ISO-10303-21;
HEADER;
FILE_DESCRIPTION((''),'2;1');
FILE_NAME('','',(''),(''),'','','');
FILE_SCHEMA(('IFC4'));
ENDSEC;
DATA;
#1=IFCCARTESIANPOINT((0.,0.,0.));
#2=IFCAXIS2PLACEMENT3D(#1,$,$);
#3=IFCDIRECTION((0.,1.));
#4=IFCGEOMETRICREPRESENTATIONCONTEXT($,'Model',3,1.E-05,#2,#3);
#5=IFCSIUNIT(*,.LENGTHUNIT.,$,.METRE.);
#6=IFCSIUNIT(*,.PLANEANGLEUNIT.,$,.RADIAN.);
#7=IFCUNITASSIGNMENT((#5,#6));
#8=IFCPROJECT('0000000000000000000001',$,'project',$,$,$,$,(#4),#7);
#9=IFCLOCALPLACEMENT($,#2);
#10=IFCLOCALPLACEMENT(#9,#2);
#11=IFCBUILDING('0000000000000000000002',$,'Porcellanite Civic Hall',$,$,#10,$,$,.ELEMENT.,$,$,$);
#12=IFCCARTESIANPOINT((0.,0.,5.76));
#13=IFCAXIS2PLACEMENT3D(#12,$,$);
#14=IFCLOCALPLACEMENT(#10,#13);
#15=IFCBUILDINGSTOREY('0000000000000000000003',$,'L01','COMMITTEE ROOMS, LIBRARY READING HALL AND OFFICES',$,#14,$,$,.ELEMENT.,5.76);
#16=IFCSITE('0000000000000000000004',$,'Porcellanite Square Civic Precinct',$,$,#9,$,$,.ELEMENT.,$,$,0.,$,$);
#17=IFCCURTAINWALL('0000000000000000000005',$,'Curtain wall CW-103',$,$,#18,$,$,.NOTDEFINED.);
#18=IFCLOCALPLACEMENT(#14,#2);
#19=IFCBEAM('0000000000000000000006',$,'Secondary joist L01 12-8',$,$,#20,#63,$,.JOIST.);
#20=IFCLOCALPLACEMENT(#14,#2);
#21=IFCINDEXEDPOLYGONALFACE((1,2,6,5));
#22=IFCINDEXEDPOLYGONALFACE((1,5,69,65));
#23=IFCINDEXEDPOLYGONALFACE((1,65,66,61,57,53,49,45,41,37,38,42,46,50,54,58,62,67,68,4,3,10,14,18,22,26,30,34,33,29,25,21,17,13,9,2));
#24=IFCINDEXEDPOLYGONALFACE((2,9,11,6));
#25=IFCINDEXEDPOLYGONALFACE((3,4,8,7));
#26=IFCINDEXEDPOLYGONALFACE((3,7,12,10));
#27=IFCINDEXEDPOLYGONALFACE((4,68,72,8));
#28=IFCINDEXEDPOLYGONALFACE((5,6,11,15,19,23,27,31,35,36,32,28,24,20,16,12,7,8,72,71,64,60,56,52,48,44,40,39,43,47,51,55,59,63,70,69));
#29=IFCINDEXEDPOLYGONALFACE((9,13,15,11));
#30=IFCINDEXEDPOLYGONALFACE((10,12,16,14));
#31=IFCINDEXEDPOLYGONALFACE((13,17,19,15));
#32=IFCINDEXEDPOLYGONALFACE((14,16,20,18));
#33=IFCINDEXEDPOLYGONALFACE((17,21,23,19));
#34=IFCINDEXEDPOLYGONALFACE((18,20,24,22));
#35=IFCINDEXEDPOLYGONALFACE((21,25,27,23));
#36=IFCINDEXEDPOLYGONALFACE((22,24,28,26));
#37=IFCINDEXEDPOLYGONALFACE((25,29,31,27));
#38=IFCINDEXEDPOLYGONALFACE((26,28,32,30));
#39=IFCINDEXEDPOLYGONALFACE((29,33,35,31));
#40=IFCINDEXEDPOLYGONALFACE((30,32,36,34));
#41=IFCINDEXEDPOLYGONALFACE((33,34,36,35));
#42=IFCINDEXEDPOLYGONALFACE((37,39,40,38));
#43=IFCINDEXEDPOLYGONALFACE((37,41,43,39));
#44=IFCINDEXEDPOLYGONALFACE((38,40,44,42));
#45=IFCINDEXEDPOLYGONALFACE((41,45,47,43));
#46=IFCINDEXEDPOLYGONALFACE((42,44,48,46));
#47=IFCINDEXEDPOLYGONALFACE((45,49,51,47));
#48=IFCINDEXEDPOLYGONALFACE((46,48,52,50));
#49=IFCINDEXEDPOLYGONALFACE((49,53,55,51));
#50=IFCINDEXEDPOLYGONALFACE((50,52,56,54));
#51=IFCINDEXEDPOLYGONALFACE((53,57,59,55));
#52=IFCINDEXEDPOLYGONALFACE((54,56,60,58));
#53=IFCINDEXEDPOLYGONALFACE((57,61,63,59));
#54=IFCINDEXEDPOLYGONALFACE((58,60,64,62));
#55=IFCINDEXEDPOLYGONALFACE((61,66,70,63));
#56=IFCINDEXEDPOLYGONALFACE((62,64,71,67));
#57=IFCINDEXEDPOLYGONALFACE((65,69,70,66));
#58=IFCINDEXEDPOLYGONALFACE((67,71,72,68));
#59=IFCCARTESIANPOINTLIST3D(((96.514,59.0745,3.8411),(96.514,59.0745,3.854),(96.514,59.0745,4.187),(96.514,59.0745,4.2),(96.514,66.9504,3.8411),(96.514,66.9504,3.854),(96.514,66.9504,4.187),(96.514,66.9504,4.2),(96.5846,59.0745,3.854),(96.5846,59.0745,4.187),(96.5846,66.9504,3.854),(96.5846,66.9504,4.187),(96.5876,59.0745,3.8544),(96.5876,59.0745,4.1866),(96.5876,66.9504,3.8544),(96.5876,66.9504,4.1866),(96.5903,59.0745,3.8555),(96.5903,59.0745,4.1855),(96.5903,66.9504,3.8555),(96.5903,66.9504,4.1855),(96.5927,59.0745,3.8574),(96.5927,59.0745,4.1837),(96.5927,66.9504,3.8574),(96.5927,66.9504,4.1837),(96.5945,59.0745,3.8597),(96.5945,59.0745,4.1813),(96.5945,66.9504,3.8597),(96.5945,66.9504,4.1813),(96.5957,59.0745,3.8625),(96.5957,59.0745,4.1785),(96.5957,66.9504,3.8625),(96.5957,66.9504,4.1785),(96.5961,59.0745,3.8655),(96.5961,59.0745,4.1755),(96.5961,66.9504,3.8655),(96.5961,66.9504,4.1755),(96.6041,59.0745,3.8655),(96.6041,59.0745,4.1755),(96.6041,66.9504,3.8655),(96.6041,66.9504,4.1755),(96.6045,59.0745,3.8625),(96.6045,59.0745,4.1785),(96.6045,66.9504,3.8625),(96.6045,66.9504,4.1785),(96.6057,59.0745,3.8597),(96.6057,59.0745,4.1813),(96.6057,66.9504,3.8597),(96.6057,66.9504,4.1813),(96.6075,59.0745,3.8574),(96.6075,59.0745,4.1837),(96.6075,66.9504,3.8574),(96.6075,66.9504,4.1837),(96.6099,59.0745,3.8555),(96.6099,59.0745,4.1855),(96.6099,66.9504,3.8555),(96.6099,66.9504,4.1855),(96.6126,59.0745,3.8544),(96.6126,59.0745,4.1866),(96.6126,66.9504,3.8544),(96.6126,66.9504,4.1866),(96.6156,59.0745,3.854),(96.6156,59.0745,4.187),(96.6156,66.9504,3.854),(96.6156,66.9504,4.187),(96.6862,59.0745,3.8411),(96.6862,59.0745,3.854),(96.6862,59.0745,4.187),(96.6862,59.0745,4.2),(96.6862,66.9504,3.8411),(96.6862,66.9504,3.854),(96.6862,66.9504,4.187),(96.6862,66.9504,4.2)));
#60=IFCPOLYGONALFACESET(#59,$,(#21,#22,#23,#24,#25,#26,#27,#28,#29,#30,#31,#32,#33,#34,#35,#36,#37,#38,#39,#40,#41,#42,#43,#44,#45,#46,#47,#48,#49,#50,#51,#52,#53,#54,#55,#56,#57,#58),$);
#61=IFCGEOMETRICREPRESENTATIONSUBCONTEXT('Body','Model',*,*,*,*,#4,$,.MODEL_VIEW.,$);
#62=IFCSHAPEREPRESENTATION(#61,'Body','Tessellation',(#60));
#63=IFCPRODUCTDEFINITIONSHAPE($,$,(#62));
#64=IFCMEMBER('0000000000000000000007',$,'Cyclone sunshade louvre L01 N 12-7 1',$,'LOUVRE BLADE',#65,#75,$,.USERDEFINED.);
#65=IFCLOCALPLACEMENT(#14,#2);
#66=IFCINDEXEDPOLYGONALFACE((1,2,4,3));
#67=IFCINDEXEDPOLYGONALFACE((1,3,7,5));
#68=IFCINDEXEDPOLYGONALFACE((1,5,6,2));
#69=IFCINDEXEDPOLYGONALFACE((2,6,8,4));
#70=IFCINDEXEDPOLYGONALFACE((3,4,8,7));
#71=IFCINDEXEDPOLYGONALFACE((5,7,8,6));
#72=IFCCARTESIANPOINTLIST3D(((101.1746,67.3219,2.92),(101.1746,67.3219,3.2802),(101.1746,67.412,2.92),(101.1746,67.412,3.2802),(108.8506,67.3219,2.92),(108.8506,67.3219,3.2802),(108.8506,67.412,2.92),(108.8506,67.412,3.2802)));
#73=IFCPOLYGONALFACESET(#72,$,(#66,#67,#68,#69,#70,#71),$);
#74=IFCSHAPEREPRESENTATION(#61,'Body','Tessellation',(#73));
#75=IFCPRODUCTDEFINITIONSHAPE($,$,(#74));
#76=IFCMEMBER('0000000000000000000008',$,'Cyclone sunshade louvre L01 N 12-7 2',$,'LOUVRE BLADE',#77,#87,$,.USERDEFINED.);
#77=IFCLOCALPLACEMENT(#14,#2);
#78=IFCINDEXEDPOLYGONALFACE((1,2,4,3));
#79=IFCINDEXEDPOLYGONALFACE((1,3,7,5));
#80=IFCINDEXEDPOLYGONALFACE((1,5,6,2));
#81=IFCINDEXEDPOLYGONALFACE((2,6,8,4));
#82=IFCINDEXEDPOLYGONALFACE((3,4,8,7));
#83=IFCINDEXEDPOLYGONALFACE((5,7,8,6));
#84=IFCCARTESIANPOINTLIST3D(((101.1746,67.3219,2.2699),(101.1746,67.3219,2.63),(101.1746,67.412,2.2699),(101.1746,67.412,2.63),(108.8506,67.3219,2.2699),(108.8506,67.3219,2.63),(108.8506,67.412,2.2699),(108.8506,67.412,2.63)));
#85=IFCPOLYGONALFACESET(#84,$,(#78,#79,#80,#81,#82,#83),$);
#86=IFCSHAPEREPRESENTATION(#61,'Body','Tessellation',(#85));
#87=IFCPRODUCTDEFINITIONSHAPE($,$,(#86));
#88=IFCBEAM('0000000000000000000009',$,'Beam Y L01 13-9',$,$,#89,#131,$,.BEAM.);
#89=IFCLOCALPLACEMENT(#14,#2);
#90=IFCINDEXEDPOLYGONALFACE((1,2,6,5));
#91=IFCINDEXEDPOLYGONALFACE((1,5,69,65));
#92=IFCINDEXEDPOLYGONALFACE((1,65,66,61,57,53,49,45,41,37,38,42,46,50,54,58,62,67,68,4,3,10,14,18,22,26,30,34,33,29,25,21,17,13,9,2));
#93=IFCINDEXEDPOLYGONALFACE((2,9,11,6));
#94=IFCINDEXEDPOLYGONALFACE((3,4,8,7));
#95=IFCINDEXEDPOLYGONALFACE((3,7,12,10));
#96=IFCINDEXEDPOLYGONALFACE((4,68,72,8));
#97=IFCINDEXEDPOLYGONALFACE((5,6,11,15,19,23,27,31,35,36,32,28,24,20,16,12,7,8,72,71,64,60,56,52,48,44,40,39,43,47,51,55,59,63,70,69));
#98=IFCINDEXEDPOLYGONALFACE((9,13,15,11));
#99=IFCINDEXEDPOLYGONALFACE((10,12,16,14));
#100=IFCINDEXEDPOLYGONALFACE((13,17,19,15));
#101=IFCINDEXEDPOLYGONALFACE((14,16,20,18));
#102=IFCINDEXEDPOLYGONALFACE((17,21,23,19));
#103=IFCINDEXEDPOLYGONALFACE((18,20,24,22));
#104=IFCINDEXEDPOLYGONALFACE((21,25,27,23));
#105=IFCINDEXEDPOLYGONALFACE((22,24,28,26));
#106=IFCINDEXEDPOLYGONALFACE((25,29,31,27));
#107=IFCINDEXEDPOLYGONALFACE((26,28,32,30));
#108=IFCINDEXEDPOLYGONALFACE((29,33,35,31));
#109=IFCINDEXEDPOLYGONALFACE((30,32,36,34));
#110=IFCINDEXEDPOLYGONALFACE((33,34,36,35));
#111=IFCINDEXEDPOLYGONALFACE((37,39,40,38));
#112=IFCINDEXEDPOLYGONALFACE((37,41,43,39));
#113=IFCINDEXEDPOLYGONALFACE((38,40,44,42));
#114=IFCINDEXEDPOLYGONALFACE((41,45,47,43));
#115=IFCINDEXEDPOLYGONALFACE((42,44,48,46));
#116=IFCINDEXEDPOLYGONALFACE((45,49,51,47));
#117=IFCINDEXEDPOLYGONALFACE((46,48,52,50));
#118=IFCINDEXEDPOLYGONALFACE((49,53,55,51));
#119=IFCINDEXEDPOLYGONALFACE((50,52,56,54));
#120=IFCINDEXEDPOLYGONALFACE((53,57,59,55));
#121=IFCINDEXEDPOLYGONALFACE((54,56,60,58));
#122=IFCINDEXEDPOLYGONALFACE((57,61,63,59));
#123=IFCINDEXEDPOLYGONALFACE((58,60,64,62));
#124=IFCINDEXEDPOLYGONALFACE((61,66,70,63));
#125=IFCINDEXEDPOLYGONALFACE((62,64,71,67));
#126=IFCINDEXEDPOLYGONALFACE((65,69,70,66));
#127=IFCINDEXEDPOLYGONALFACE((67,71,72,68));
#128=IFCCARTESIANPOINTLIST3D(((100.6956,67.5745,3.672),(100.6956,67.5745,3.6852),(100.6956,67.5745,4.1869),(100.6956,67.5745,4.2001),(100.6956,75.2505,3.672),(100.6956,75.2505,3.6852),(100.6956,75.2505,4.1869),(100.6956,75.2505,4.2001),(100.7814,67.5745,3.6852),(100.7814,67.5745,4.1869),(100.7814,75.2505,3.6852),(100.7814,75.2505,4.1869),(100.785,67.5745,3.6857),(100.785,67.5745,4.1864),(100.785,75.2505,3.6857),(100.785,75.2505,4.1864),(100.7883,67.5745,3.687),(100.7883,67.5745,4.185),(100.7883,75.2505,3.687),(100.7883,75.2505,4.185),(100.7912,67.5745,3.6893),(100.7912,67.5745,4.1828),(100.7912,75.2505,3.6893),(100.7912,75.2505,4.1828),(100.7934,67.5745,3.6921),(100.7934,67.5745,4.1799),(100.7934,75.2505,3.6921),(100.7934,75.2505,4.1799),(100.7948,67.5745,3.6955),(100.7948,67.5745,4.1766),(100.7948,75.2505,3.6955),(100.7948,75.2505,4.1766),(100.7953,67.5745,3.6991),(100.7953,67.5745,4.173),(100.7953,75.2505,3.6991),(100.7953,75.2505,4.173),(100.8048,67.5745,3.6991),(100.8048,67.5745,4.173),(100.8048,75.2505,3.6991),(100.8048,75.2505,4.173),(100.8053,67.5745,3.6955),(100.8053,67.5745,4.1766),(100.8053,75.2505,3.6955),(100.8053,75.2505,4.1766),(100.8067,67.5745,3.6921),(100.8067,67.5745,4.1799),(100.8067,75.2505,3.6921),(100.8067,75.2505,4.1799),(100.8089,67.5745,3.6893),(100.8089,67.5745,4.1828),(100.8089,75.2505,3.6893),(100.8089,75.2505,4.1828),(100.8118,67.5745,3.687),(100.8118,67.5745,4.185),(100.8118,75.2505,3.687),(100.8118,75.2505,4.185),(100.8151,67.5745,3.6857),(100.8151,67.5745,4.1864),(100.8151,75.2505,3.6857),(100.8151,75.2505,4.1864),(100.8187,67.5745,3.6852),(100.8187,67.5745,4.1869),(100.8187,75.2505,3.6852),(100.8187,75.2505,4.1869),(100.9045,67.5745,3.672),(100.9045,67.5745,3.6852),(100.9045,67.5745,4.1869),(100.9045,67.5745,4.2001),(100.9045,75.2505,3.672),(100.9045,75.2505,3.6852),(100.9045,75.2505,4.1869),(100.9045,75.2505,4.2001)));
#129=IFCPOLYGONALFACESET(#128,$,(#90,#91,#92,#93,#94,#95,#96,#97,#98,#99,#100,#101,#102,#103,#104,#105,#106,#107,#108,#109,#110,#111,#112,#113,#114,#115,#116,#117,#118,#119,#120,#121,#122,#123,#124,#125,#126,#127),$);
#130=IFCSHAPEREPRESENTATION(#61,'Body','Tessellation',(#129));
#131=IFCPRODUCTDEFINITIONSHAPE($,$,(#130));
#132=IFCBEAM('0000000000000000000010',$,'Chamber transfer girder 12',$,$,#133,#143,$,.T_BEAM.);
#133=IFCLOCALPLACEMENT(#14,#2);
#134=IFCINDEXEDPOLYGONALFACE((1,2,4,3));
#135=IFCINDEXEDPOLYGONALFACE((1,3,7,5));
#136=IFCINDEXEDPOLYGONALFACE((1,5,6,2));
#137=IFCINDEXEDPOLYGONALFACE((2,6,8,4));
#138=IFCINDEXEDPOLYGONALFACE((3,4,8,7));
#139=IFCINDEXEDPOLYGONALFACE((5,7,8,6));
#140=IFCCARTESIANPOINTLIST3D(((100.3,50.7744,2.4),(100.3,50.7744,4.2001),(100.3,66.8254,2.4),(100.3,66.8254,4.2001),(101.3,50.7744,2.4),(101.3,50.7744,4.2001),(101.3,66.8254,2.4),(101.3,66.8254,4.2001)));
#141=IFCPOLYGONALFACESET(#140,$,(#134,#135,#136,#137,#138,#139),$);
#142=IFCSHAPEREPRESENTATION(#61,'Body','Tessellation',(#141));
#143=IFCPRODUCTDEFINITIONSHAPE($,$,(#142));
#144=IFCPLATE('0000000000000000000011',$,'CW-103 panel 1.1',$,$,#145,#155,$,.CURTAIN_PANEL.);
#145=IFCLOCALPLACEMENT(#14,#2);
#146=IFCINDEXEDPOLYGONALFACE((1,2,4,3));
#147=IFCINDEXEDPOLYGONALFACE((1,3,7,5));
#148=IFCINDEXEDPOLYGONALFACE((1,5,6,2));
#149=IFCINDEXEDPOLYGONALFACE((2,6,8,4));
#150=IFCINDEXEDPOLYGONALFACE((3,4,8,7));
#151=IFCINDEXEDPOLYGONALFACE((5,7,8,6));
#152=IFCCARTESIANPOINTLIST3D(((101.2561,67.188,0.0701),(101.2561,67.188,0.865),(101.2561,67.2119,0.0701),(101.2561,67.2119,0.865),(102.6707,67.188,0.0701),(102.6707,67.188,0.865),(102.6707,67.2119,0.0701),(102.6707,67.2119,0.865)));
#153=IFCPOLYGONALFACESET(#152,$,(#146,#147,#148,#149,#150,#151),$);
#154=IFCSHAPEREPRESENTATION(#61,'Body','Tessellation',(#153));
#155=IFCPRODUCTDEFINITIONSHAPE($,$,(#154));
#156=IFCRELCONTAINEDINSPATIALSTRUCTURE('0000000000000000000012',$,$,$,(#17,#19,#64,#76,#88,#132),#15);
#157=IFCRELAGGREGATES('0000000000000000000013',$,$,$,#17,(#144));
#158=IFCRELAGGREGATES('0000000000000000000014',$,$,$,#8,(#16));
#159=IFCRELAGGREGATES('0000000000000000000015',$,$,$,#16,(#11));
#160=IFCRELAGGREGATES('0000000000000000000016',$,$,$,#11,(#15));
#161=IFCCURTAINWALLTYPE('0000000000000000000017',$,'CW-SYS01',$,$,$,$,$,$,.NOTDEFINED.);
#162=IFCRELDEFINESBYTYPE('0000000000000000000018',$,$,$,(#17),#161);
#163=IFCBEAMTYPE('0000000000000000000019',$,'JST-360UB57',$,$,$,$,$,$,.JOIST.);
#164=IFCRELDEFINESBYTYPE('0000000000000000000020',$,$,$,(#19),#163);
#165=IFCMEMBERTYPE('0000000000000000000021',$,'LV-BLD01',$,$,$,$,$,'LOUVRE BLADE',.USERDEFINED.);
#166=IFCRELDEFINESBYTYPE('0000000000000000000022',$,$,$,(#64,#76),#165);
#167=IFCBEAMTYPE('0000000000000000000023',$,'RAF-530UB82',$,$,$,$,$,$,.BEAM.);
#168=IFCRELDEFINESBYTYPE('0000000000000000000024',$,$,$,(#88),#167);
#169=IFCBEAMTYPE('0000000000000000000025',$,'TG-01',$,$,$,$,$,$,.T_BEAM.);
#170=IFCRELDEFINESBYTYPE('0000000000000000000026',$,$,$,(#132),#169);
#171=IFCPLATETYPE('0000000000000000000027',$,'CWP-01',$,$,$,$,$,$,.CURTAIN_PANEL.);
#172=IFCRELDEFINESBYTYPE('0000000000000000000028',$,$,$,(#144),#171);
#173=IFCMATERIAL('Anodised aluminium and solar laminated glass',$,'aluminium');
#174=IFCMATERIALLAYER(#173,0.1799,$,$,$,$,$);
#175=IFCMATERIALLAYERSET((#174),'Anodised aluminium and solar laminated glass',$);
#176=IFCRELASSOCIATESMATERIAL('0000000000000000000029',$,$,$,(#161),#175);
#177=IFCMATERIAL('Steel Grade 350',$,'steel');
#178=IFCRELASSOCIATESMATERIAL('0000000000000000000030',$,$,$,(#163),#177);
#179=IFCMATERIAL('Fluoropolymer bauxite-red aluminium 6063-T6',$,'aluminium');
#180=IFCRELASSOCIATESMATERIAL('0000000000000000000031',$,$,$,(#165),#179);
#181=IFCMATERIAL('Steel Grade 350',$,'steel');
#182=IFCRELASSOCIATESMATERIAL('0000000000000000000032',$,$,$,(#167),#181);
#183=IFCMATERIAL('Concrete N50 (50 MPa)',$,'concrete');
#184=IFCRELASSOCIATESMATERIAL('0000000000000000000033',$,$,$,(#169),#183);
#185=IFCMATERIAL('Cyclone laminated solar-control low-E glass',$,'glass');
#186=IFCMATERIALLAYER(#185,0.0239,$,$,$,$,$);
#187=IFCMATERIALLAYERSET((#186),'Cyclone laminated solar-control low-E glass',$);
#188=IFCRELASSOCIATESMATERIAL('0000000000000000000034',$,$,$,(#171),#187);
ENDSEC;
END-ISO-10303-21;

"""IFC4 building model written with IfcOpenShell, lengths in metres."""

from ifc_helpers import new_model, si_unit, direction, frame, origin, origin_2d, place, context, subcontext, project, spatial, rectangle, i_section, extrude, material, layer, layer_set, material_profile, profile_set, type_object, element, aggregate, save


model = new_model("IFC4")

# Units and contexts
model_context = context("Model", 3, precision=1e-05, world=origin(), true_north=direction((0.0, 1.0)))
body_context = subcontext(model_context, "Body", "Model", "MODEL_VIEW")
ifc_project = project(units=[si_unit("LENGTHUNIT", "METRE"), si_unit("PLANEANGLEUNIT", "RADIAN")], contexts=[model_context])

# Site, building, storey
site_placement = place(None, origin())
site = spatial("IfcSite", under=ifc_project, at=site_placement, Name="Porcellanite Square Civic Precinct", CompositionType="ELEMENT", RefElevation=0.0)
building_placement = place(site_placement, origin())
building = spatial("IfcBuilding", under=site, at=building_placement, Name="Porcellanite Civic Hall", CompositionType="ELEMENT")
storey_placement = place(building_placement, frame((0.0, 0.0, 5.76)))
storey = spatial("IfcBuildingStorey", under=building, at=storey_placement, Name="L01", Description="COMMITTEE ROOMS, LIBRARY READING HALL AND OFFICES", CompositionType="ELEMENT", Elevation=5.76)

# Curtain wall
ifc_material_1 = material(Name="Anodised aluminium and solar laminated glass", Category="aluminium")
ifc_layer_1 = layer(ifc_material_1, 0.1799)
ifc_layer_set_1 = layer_set([ifc_layer_1], Name="Anodised aluminium and solar laminated glass")
curtain_wall_type = type_object("IfcCurtainWallType", Name="CW-SYS01", PredefinedType="NOTDEFINED", material=ifc_layer_set_1)
curtain_wall_placement = place(storey_placement, origin())
curtain_wall = element("IfcCurtainWall", 1, at=curtain_wall_placement, inside=storey, type_object=curtain_wall_type, Name="Curtain wall CW-103", PredefinedType="NOTDEFINED")

# Beam
ifc_material_2 = material(Name="Steel Grade 350", Category="steel")
ifc_material_profile_1 = material_profile(ifc_material_2, i_section(OverallWidth=0.1721, OverallDepth=0.3589, WebThickness=0.0081, FlangeThickness=0.0129, FilletRadius=0.0115, at=origin_2d()), Name="360UB56.7")
ifc_profile_set_1 = profile_set([ifc_material_profile_1], Name="Steel Grade 350")
beam_type_1 = type_object("IfcBeamType", Name="JST-360UB57", PredefinedType="JOIST", material=ifc_profile_set_1)
beam_1_placement = place(storey_placement, frame((96.6001, 59.0745, 4.0205), z_axis=(0.0, 1.0, 0.0), x_axis=(-1.0, 0.0, 0.0)))
element("IfcBeam", 2, at=beam_1_placement, inside=storey, type_object=beam_type_1, Name="Secondary joist L01 12-8", PredefinedType="JOIST", context=body_context, shape_type="SweptSolid", body=[
    extrude(i_section(OverallWidth=0.1721, OverallDepth=0.3589, WebThickness=0.0081, FlangeThickness=0.0129, FilletRadius=0.0115, at=origin_2d()), origin(), (0.0, 0.0, 1.0), 7.876),
])

# Members
ifc_material_3 = material(Name="Fluoropolymer bauxite-red aluminium 6063-T6", Category="aluminium")
ifc_material_profile_2 = material_profile(ifc_material_3, rectangle(XDim=0.0901, YDim=0.3601, at=origin_2d()), Name="AL-90x360")
ifc_profile_set_2 = profile_set([ifc_material_profile_2], Name="Fluoropolymer bauxite-red aluminium 6063-T6")
member_type_1 = type_object("IfcMemberType", Name="LV-BLD01", ElementType="LOUVRE BLADE", PredefinedType="USERDEFINED", material=ifc_profile_set_2)
for number, where, z_axis, x_axis, name in (
    (3, (101.1746, 67.3669, 3.1001), (1.0, 0.0, 0.0), (0.0, 1.0, 0.0), "Cyclone sunshade louvre L01 N 12-7 1"),
    (4, (101.1746, 67.3669, 2.45), (1.0, 0.0, 0.0), (0.0, 1.0, 0.0), "Cyclone sunshade louvre L01 N 12-7 2"),
):
    element("IfcMember", number, at=place(storey_placement, frame(where, z_axis=z_axis, x_axis=x_axis)), inside=storey, type_object=member_type_1, Name=name, ObjectType="LOUVRE BLADE", PredefinedType="USERDEFINED", context=body_context, shape_type="SweptSolid", body=[
        extrude(rectangle(XDim=0.0901, YDim=0.3601, at=origin_2d()), origin(), (0.0, 0.0, 1.0), 7.676),
    ])

# Beams
ifc_material_4 = material(Name="Steel Grade 350", Category="steel")
ifc_material_profile_3 = material_profile(ifc_material_4, i_section(OverallWidth=0.209, OverallDepth=0.5281, WebThickness=0.0095, FlangeThickness=0.0132, FilletRadius=0.0139, at=origin_2d()), Name="530UB82.0")
ifc_profile_set_3 = profile_set([ifc_material_profile_3], Name="Steel Grade 350")
beam_type_2 = type_object("IfcBeamType", Name="RAF-530UB82", PredefinedType="BEAM", material=ifc_profile_set_3)
beam_2_placement = place(storey_placement, frame((100.8, 67.5745, 3.936), z_axis=(0.0, 1.0, 0.0), x_axis=(-1.0, 0.0, 0.0)))
element("IfcBeam", 5, at=beam_2_placement, inside=storey, type_object=beam_type_2, Name="Beam Y L01 13-9", PredefinedType="BEAM", context=body_context, shape_type="SweptSolid", body=[
    extrude(i_section(OverallWidth=0.209, OverallDepth=0.5281, WebThickness=0.0095, FlangeThickness=0.0132, FilletRadius=0.0139, at=origin_2d()), origin(), (0.0, 0.0, 1.0), 7.676),
])
ifc_material_5 = material(Name="Concrete N50 (50 MPa)", Category="concrete")
ifc_material_profile_4 = material_profile(ifc_material_5, rectangle(XDim=1.0, YDim=1.8, at=origin_2d()), Name="RC-1000x1800")
ifc_profile_set_4 = profile_set([ifc_material_profile_4], Name="Concrete N50 (50 MPa)")
beam_type_3 = type_object("IfcBeamType", Name="TG-01", PredefinedType="T_BEAM", material=ifc_profile_set_4)
beam_3_placement = place(storey_placement, frame((100.8, 50.7744, 3.3), z_axis=(0.0, 1.0, 0.0), x_axis=(-1.0, 0.0, 0.0)))
element("IfcBeam", 6, at=beam_3_placement, inside=storey, type_object=beam_type_3, Name="Chamber transfer girder 12", PredefinedType="T_BEAM", context=body_context, shape_type="SweptSolid", body=[
    extrude(rectangle(XDim=1.0, YDim=1.8, at=origin_2d()), origin(), (0.0, 0.0, 1.0), 16.051),
])

# Plate
ifc_material_6 = material(Name="Cyclone laminated solar-control low-E glass", Category="glass")
ifc_layer_2 = layer(ifc_material_6, 0.0239)
ifc_layer_set_2 = layer_set([ifc_layer_2], Name="Cyclone laminated solar-control low-E glass")
plate_type = type_object("IfcPlateType", Name="CWP-01", PredefinedType="CURTAIN_PANEL", material=ifc_layer_set_2)
plate_placement = place(storey_placement, frame((101.9634, 67.2, 0.0701), z_axis=(0.0, 0.0, 1.0), x_axis=(1.0, 0.0, 0.0)))
plate = element("IfcPlate", 7, at=plate_placement, type_object=plate_type, Name="CW-103 panel 1.1", PredefinedType="CURTAIN_PANEL", context=body_context, shape_type="SweptSolid", body=[
    extrude(rectangle(XDim=1.4146, YDim=0.0239, at=origin_2d()), origin(), (0.0, 0.0, 1.0), 0.7949),
])
aggregate(curtain_wall, [plate])

save(model, "model.ifc")
